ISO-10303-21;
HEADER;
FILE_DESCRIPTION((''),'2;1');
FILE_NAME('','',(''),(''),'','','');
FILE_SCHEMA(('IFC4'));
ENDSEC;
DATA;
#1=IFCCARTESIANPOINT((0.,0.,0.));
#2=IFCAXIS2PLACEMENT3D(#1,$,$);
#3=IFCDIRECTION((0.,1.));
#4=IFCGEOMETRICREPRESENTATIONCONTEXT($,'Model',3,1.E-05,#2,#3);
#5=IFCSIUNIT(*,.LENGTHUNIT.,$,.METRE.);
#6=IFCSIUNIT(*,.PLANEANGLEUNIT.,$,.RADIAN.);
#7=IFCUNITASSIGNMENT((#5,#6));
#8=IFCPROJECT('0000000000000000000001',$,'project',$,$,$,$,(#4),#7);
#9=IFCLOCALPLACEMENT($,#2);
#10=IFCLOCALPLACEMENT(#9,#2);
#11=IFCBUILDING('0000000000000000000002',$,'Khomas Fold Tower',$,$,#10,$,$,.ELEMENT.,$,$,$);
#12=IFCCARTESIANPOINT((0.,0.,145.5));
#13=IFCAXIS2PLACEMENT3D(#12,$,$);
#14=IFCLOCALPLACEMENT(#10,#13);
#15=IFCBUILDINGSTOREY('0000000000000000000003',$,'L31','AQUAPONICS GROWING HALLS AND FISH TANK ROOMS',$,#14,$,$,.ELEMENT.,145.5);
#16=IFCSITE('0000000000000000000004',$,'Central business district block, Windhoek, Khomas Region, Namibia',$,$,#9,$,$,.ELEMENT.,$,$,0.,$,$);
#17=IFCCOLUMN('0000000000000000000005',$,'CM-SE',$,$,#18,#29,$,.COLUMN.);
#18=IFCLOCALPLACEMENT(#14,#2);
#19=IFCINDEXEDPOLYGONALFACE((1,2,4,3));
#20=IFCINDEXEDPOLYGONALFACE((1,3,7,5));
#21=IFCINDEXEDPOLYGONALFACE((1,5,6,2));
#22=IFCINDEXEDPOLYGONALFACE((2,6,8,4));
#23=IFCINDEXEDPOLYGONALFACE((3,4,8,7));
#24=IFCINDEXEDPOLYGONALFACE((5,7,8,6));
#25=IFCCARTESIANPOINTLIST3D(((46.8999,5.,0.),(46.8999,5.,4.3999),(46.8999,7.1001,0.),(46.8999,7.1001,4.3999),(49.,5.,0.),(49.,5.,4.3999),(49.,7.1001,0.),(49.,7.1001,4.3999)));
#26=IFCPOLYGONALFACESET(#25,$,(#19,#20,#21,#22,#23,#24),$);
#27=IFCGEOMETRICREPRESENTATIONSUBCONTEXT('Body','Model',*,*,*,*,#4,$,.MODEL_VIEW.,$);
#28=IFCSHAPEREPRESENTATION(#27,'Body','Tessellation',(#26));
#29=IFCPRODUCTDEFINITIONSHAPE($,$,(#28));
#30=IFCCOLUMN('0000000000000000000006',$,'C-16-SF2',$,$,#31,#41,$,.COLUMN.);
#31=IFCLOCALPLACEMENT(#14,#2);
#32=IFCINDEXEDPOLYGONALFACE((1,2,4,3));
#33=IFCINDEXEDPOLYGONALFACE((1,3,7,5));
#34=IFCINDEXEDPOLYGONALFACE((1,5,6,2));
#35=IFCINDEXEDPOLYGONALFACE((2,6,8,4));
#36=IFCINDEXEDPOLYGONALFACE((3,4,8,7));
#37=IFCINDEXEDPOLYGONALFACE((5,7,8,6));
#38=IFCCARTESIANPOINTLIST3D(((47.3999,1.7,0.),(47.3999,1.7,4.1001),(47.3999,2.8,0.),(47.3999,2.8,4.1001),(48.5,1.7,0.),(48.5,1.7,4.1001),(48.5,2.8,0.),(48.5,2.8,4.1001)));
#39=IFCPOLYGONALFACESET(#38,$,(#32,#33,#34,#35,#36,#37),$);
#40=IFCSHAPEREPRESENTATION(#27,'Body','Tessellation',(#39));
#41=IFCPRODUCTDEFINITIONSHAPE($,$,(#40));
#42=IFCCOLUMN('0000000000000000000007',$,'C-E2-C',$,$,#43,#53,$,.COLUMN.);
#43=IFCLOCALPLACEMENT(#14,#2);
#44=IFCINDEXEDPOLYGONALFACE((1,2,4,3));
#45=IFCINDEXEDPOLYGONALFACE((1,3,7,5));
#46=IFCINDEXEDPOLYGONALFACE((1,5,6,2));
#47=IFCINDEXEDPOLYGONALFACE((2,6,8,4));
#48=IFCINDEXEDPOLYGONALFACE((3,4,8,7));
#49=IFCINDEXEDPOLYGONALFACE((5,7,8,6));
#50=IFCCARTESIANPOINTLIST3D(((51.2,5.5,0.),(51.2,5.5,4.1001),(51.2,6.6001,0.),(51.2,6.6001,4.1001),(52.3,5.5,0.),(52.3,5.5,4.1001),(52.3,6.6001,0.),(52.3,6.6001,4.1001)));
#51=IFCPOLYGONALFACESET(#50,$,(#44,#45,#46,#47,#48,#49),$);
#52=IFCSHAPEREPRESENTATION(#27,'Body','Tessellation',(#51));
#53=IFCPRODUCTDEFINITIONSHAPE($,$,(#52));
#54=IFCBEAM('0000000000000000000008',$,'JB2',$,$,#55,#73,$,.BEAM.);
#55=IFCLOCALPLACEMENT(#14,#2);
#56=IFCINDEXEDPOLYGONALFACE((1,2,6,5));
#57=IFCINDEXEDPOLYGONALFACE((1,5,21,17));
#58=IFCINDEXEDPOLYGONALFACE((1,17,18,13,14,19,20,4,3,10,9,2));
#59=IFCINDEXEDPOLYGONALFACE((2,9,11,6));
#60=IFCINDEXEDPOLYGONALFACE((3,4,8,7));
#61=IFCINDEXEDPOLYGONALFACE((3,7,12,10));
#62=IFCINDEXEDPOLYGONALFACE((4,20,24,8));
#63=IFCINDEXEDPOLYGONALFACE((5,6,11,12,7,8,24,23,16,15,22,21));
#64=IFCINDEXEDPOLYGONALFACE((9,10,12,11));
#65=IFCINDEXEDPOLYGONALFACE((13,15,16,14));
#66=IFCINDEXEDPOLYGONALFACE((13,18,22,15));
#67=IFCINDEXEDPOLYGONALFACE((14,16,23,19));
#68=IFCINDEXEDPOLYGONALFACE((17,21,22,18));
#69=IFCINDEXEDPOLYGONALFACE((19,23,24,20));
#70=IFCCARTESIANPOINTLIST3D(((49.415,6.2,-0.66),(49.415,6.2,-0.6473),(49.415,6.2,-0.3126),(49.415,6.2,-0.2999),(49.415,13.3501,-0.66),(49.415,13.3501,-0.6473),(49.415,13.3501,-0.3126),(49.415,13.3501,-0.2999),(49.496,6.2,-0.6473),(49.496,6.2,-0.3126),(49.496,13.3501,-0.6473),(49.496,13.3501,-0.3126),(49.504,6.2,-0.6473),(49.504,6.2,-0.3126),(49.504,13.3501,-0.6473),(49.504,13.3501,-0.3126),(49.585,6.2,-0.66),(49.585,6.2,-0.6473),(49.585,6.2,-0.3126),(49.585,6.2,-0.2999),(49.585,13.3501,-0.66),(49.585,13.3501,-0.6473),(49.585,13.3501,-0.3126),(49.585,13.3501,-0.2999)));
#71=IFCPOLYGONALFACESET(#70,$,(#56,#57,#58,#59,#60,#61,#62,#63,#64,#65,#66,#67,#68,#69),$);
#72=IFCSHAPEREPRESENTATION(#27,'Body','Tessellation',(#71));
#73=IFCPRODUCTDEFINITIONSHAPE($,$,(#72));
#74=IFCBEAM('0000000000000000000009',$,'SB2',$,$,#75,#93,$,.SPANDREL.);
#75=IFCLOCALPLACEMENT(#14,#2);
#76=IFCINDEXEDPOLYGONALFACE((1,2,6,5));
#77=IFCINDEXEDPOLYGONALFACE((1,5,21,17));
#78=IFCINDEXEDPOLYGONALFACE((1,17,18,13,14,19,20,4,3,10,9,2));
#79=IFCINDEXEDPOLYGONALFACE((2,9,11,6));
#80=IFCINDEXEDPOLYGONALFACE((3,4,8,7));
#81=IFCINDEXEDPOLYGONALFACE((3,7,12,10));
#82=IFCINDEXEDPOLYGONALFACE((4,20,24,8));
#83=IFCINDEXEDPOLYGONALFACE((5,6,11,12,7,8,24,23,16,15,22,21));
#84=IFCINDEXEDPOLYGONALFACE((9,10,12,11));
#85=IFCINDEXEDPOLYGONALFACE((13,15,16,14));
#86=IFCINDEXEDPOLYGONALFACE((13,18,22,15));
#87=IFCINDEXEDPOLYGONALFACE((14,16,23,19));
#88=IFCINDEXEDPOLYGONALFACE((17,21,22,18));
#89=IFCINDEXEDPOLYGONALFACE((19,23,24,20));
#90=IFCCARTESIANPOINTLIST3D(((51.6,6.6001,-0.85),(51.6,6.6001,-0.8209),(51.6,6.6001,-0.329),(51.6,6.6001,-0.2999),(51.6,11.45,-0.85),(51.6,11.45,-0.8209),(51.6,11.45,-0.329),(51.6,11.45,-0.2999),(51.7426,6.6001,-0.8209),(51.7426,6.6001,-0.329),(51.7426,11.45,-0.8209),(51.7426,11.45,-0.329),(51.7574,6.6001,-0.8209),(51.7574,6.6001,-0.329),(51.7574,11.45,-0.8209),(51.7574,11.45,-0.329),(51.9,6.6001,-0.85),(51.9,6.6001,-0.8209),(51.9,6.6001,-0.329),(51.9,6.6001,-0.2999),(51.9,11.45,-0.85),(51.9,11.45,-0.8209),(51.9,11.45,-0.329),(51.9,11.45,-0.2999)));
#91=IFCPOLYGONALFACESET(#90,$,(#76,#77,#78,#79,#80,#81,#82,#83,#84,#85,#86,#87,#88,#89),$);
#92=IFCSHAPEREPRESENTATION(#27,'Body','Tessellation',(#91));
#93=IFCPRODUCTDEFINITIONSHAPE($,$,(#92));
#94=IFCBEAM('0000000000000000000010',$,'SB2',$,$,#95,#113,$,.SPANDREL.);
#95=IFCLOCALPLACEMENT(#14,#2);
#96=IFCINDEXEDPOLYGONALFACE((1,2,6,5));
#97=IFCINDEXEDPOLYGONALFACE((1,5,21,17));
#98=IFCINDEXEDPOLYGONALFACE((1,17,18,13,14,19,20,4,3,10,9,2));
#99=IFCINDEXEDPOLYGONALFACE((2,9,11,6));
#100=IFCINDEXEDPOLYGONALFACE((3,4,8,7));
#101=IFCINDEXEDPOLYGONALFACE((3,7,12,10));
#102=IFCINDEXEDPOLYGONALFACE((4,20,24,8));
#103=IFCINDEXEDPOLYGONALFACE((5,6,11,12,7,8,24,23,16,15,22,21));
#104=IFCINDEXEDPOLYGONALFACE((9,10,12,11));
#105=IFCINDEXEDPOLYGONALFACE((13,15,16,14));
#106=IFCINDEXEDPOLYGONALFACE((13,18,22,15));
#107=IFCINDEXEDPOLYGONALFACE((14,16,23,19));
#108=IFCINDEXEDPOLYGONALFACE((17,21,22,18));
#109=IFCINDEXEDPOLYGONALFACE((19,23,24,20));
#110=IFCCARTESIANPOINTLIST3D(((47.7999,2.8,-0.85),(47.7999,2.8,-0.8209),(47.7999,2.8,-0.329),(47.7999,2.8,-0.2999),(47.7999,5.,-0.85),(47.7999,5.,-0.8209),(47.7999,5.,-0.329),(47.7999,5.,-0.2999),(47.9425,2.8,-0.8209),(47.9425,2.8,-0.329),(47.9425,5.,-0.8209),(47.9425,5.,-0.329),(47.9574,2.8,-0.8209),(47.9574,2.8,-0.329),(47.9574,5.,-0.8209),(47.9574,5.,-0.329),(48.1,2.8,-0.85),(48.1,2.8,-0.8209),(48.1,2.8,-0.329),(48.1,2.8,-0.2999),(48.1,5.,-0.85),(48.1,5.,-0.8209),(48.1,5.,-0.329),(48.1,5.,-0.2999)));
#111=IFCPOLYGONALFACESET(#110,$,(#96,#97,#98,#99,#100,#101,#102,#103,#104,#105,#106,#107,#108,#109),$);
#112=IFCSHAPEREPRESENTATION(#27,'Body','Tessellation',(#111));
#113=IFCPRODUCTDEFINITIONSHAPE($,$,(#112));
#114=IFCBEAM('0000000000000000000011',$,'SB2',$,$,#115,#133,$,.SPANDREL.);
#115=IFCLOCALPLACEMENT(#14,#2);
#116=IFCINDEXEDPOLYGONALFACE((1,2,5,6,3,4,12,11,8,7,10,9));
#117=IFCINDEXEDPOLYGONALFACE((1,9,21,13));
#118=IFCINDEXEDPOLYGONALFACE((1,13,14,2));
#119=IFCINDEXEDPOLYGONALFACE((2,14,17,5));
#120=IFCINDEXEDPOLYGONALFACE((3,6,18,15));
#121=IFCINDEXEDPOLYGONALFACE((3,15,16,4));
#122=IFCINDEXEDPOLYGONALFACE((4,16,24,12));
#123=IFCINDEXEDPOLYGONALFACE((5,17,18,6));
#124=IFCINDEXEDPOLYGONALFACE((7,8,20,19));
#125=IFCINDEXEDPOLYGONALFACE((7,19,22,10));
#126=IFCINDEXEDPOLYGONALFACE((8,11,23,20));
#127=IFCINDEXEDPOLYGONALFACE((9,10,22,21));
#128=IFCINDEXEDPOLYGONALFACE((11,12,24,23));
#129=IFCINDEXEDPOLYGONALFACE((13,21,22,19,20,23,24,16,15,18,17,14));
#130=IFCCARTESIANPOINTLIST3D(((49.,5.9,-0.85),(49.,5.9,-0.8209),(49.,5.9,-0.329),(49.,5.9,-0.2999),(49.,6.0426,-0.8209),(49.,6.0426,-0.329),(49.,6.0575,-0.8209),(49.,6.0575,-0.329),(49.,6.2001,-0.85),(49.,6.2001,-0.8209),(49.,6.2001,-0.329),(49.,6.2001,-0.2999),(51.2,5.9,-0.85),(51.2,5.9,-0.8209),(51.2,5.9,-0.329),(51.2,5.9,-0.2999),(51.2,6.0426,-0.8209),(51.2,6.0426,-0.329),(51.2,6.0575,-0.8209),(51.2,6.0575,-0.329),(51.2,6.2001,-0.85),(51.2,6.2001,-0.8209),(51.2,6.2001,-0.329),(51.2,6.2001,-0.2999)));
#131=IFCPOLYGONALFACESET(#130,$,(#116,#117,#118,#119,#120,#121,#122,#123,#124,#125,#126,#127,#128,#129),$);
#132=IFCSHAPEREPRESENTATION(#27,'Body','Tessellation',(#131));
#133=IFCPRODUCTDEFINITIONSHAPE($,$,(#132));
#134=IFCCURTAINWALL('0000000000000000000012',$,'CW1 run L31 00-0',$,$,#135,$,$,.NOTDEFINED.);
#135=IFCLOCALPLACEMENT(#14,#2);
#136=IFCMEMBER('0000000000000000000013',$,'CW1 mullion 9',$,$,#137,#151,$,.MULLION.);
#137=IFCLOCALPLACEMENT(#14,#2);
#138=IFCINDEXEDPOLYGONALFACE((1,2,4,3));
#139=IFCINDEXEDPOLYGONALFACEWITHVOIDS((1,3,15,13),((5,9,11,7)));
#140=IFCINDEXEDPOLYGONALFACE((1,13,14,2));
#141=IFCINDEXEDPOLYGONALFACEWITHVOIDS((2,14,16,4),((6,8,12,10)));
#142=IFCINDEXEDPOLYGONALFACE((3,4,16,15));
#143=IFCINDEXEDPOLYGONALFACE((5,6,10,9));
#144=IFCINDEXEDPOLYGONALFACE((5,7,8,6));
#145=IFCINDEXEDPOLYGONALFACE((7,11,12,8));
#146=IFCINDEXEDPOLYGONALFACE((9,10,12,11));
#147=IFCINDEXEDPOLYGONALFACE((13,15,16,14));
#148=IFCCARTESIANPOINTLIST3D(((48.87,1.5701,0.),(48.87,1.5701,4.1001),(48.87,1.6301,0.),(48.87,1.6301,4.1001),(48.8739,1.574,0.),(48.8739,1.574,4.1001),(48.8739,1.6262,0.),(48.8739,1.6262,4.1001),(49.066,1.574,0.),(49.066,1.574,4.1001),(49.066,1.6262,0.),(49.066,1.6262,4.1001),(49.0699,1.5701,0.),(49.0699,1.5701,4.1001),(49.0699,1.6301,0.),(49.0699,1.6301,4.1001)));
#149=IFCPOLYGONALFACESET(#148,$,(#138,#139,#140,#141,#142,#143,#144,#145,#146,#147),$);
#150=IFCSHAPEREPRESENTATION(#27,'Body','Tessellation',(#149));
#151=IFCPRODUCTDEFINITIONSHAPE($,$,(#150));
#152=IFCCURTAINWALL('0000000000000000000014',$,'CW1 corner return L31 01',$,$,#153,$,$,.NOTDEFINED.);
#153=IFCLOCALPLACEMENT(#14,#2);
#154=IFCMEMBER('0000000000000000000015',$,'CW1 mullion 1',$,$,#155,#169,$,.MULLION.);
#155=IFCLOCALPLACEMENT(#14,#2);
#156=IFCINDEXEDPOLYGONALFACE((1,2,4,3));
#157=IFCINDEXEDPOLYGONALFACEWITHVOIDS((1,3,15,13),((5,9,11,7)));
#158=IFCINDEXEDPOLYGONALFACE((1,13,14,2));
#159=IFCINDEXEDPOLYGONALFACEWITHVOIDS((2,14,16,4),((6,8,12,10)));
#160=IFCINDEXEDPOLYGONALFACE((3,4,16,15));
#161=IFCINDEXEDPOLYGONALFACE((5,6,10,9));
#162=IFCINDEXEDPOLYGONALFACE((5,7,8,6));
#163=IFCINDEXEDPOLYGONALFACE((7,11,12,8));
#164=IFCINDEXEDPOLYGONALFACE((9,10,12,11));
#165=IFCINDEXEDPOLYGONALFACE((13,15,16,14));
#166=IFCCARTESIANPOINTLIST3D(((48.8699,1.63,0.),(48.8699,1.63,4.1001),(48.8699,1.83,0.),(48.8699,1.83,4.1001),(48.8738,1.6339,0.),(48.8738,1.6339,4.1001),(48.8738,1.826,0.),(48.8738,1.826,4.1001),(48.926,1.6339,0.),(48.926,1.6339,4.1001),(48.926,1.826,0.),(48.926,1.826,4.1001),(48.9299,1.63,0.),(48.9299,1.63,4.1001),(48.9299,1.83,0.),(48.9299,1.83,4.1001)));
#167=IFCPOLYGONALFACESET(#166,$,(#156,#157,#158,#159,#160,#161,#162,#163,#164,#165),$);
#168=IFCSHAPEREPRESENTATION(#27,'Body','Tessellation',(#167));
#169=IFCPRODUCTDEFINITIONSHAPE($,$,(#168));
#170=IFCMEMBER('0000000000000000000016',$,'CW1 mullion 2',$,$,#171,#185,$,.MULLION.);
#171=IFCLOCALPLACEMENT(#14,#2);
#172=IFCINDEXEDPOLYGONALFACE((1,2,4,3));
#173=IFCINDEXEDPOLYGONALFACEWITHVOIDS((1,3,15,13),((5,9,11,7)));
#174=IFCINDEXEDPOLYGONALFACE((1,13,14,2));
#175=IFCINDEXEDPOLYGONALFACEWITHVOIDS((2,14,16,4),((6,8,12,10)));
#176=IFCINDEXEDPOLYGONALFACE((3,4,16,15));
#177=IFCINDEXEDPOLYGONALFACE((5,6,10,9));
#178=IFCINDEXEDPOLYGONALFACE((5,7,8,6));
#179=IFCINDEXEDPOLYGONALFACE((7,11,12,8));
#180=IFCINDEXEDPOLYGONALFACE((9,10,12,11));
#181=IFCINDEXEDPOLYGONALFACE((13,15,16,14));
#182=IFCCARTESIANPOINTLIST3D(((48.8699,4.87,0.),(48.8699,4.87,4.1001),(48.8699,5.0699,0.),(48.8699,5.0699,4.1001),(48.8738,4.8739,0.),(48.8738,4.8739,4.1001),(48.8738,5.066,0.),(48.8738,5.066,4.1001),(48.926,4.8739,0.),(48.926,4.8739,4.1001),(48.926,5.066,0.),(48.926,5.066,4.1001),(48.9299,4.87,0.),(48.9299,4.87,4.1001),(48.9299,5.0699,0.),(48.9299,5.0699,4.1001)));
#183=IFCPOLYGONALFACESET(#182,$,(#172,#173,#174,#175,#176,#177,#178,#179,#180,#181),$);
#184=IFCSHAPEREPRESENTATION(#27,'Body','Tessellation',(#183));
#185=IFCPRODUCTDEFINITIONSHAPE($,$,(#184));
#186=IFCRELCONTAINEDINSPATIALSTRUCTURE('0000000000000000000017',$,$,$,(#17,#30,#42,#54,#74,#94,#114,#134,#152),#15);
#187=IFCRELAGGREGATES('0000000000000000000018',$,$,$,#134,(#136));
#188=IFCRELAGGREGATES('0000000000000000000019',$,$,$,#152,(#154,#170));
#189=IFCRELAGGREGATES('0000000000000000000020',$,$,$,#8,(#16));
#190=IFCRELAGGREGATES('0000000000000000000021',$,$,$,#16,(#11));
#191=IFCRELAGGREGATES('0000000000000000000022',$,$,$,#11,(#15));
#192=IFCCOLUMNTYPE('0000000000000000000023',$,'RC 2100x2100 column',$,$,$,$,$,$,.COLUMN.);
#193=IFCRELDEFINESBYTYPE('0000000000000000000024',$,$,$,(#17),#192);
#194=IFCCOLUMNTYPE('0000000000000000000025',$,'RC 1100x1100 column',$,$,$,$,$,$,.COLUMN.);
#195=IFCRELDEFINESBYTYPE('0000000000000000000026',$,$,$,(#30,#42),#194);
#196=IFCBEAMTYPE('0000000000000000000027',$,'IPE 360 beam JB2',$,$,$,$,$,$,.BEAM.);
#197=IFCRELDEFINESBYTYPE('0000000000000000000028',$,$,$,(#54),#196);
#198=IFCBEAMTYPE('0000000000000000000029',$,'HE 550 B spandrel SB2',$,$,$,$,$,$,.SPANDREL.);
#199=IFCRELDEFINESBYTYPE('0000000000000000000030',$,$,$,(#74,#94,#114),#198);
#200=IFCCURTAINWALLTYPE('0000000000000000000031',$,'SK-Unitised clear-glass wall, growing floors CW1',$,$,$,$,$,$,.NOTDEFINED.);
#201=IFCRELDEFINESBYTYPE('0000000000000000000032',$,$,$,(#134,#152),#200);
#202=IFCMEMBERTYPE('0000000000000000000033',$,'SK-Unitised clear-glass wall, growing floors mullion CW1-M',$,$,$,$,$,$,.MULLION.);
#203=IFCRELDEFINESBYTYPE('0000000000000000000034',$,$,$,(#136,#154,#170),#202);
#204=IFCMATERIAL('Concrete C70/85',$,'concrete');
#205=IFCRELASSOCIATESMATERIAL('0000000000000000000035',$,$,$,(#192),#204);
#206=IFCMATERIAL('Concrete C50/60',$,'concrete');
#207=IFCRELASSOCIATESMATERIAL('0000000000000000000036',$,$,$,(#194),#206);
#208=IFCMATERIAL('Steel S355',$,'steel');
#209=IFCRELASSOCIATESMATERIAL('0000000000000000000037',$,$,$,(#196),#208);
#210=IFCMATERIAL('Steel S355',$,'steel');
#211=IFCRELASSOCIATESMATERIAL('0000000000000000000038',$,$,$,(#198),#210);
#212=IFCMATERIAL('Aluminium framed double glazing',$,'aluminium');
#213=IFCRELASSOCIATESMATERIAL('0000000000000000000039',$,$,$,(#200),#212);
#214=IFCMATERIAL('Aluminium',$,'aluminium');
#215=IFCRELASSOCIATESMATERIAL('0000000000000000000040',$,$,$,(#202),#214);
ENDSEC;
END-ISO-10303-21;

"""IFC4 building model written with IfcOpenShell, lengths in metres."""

from ifc_helpers import new_model, si_unit, direction, frame, origin, origin_2d, place, context, subcontext, project, spatial, rectangle, hollow_rectangle, i_section, extrude, source, transform, mapped, material, material_profile, profile_set, type_object, element, aggregate, save


model = new_model("IFC4")

# Units and contexts
model_context = context("Model", 3, precision=1e-05, world=origin(), true_north=direction((0.0, 1.0)))
body_context = subcontext(model_context, "Body", "Model", "MODEL_VIEW")
ifc_project = project(units=[si_unit("LENGTHUNIT", "METRE"), si_unit("PLANEANGLEUNIT", "RADIAN")], contexts=[model_context])

# Site, building, storey
site_placement = place(None, origin())
site = spatial("IfcSite", under=ifc_project, at=site_placement, Name="Central business district block, Windhoek, Khomas Region, Namibia", CompositionType="ELEMENT", RefElevation=0.0)
building_placement = place(site_placement, origin())
building = spatial("IfcBuilding", under=site, at=building_placement, Name="Khomas Fold Tower", CompositionType="ELEMENT")
storey_placement = place(building_placement, frame((0.0, 0.0, 145.5)))
storey = spatial("IfcBuildingStorey", under=building, at=storey_placement, Name="L31", Description="AQUAPONICS GROWING HALLS AND FISH TANK ROOMS", CompositionType="ELEMENT", Elevation=145.5)

# Columns
ifc_material_1 = material(Name="Concrete C70/85", Category="concrete")
ifc_material_profile_1 = material_profile(ifc_material_1, rectangle(XDim=2.1001, YDim=2.1001, at=origin_2d()), Name="RC 2100x2100")
ifc_profile_set_1 = profile_set([ifc_material_profile_1], Name="Concrete C70/85")
column_type_1 = type_object("IfcColumnType", Name="RC 2100x2100 column", PredefinedType="COLUMN", material=ifc_profile_set_1)
shared_shape_1 = source(origin(), body_context, "Body", "SweptSolid", [
    extrude(rectangle(XDim=2.1001, YDim=2.1001, at=origin_2d()), origin(), (0.0, 0.0, 1.0), 4.3999),
])
column_placement = place(storey_placement, frame((47.95, 6.05, 0.0), z_axis=(0.0, 0.0, 1.0), x_axis=(1.0, 0.0, 0.0)))
element("IfcColumn", 1, at=column_placement, inside=storey, type_object=column_type_1, Name="CM-SE", PredefinedType="COLUMN", context=body_context, shape_type="MappedRepresentation", body=[
    mapped(shared_shape_1, transform((0.0, 0.0, 0.0))),
])
ifc_material_2 = material(Name="Concrete C50/60", Category="concrete")
ifc_material_profile_2 = material_profile(ifc_material_2, rectangle(XDim=1.1001, YDim=1.1001, at=origin_2d()), Name="RC 1100x1100")
ifc_profile_set_2 = profile_set([ifc_material_profile_2], Name="Concrete C50/60")
column_type_2 = type_object("IfcColumnType", Name="RC 1100x1100 column", PredefinedType="COLUMN", material=ifc_profile_set_2)
shared_shape_2 = source(origin(), body_context, "Body", "SweptSolid", [
    extrude(rectangle(XDim=1.1001, YDim=1.1001, at=origin_2d()), origin(), (0.0, 0.0, 1.0), 4.1001),
])
for number, where, z_axis, x_axis, name in (
    (2, (47.95, 2.25, 0.0), (0.0, 0.0, 1.0), (1.0, 0.0, 0.0), "C-16-SF2"),
    (3, (51.75, 6.05, 0.0), (0.0, 0.0, 1.0), (1.0, 0.0, 0.0), "C-E2-C"),
):
    element("IfcColumn", number, at=place(storey_placement, frame(where, z_axis=z_axis, x_axis=x_axis)), inside=storey, type_object=column_type_2, Name=name, PredefinedType="COLUMN", context=body_context, shape_type="MappedRepresentation", body=[
        mapped(shared_shape_2, transform((0.0, 0.0, 0.0))),
    ])

# Beams
ifc_material_3 = material(Name="Steel S355", Category="steel")
ifc_material_profile_3 = material_profile(ifc_material_3, i_section(OverallWidth=0.1699, OverallDepth=0.3601, WebThickness=0.0081, FlangeThickness=0.0127, at=origin_2d()), Name="IPE 360")
ifc_profile_set_3 = profile_set([ifc_material_profile_3], Name="Steel S355")
beam_type_1 = type_object("IfcBeamType", Name="IPE 360 beam JB2", PredefinedType="BEAM", material=ifc_profile_set_3)
shared_shape_3 = source(origin(), body_context, "Body", "SweptSolid", [
    extrude(i_section(OverallWidth=0.1699, OverallDepth=0.3601, WebThickness=0.0081, FlangeThickness=0.0127, at=origin_2d()), origin(), (0.0, 0.0, 1.0), 7.1501),
])
beam_1_placement = place(storey_placement, frame((49.5, 6.2, -0.48), z_axis=(0.0, 1.0, 0.0), x_axis=(-1.0, 0.0, 0.0)))
element("IfcBeam", 4, at=beam_1_placement, inside=storey, type_object=beam_type_1, Name="JB2", PredefinedType="BEAM", context=body_context, shape_type="MappedRepresentation", body=[
    mapped(shared_shape_3, transform((0.0, 0.0, 0.0))),
])
ifc_material_4 = material(Name="Steel S355", Category="steel")
ifc_material_profile_4 = material_profile(ifc_material_4, i_section(OverallWidth=0.3, OverallDepth=0.55, WebThickness=0.0149, FlangeThickness=0.0291, at=origin_2d()), Name="HE 550 B")
ifc_profile_set_4 = profile_set([ifc_material_profile_4], Name="Steel S355")
beam_type_2 = type_object("IfcBeamType", Name="HE 550 B spandrel SB2", PredefinedType="SPANDREL", material=ifc_profile_set_4)
shared_shape_4 = source(origin(), body_context, "Body", "SweptSolid", [
    extrude(i_section(OverallWidth=0.3, OverallDepth=0.55, WebThickness=0.0149, FlangeThickness=0.0291, at=origin_2d()), origin(), (0.0, 0.0, 1.0), 4.8499),
])
beam_2_placement = place(storey_placement, frame((51.75, 6.6001, -0.575), z_axis=(0.0, 1.0, 0.0), x_axis=(-1.0, 0.0, 0.0)))
element("IfcBeam", 5, at=beam_2_placement, inside=storey, type_object=beam_type_2, Name="SB2", PredefinedType="SPANDREL", context=body_context, shape_type="MappedRepresentation", body=[
    mapped(shared_shape_4, transform((0.0, 0.0, 0.0))),
])
shared_shape_5 = source(origin(), body_context, "Body", "SweptSolid", [
    extrude(i_section(OverallWidth=0.3, OverallDepth=0.55, WebThickness=0.0149, FlangeThickness=0.0291, at=origin_2d()), origin(), (0.0, 0.0, 1.0), 2.2),
])
for number, where, z_axis, x_axis, name in (
    (6, (47.95, 2.8, -0.575), (0.0, 1.0, 0.0), (-1.0, 0.0, 0.0), "SB2"),
    (7, (49.0, 6.05, -0.575), (1.0, 0.0, 0.0), (0.0, 1.0, 0.0), "SB2"),
):
    element("IfcBeam", number, at=place(storey_placement, frame(where, z_axis=z_axis, x_axis=x_axis)), inside=storey, type_object=beam_type_2, Name=name, PredefinedType="SPANDREL", context=body_context, shape_type="MappedRepresentation", body=[
        mapped(shared_shape_5, transform((0.0, 0.0, 0.0))),
    ])

# Curtain wall, member
ifc_material_5 = material(Name="Aluminium framed double glazing", Category="aluminium")
curtain_wall_type = type_object("IfcCurtainWallType", Name="SK-Unitised clear-glass wall, growing floors CW1", PredefinedType="NOTDEFINED", material=ifc_material_5)
curtain_wall_1_placement = place(storey_placement, origin())
curtain_wall_1 = element("IfcCurtainWall", 8, at=curtain_wall_1_placement, inside=storey, type_object=curtain_wall_type, Name="CW1 run L31 00-0", PredefinedType="NOTDEFINED")
ifc_material_6 = material(Name="Aluminium", Category="aluminium")
ifc_material_profile_5 = material_profile(ifc_material_6, hollow_rectangle(XDim=0.0601, YDim=0.2, WallThickness=0.0039, at=origin_2d()), Name="SK-Unitised clear-glass wall, growing floors mullion CW1-M")
ifc_profile_set_5 = profile_set([ifc_material_profile_5], Name="Aluminium")
member_type_1 = type_object("IfcMemberType", Name="SK-Unitised clear-glass wall, growing floors mullion CW1-M", PredefinedType="MULLION", material=ifc_profile_set_5)
shared_shape_6 = source(origin(), body_context, "Body", "SweptSolid", [
    extrude(hollow_rectangle(XDim=0.0601, YDim=0.2, WallThickness=0.0039, at=origin_2d()), origin(), (0.0, 0.0, 1.0), 4.1001),
])
member_1_placement = place(storey_placement, frame((48.97, 1.6001, 0.0), z_axis=(0.0, 0.0, 1.0), x_axis=(0.0, 1.0, 0.0)))
member_1 = element("IfcMember", 9, at=member_1_placement, type_object=member_type_1, Name="CW1 mullion 9", PredefinedType="MULLION", context=body_context, shape_type="MappedRepresentation", body=[
    mapped(shared_shape_6, transform((0.0, 0.0, 0.0))),
])

# Curtain wall, members
curtain_wall_2_placement = place(storey_placement, origin())
curtain_wall_2 = element("IfcCurtainWall", 10, at=curtain_wall_2_placement, inside=storey, type_object=curtain_wall_type, Name="CW1 corner return L31 01", PredefinedType="NOTDEFINED")
member_2_placement = place(storey_placement, frame((48.8999, 1.73, 0.0), z_axis=(0.0, 0.0, 1.0), x_axis=(-1.0, 0.0, 0.0)))
member_2 = element("IfcMember", 11, at=member_2_placement, type_object=member_type_1, Name="CW1 mullion 1", PredefinedType="MULLION", context=body_context, shape_type="MappedRepresentation", body=[
    mapped(shared_shape_6, transform((0.0, 0.0, 0.0))),
])
member_3_placement = place(storey_placement, frame((48.8999, 4.97, 0.0), z_axis=(0.0, 0.0, 1.0), x_axis=(-1.0, 0.0, 0.0)))
member_3 = element("IfcMember", 12, at=member_3_placement, type_object=member_type_1, Name="CW1 mullion 2", PredefinedType="MULLION", context=body_context, shape_type="MappedRepresentation", body=[
    mapped(shared_shape_6, transform((0.0, 0.0, 0.0))),
])

aggregate(curtain_wall_1, [member_1])
aggregate(curtain_wall_2, [member_2, member_3])

save(model, "model.ifc")
